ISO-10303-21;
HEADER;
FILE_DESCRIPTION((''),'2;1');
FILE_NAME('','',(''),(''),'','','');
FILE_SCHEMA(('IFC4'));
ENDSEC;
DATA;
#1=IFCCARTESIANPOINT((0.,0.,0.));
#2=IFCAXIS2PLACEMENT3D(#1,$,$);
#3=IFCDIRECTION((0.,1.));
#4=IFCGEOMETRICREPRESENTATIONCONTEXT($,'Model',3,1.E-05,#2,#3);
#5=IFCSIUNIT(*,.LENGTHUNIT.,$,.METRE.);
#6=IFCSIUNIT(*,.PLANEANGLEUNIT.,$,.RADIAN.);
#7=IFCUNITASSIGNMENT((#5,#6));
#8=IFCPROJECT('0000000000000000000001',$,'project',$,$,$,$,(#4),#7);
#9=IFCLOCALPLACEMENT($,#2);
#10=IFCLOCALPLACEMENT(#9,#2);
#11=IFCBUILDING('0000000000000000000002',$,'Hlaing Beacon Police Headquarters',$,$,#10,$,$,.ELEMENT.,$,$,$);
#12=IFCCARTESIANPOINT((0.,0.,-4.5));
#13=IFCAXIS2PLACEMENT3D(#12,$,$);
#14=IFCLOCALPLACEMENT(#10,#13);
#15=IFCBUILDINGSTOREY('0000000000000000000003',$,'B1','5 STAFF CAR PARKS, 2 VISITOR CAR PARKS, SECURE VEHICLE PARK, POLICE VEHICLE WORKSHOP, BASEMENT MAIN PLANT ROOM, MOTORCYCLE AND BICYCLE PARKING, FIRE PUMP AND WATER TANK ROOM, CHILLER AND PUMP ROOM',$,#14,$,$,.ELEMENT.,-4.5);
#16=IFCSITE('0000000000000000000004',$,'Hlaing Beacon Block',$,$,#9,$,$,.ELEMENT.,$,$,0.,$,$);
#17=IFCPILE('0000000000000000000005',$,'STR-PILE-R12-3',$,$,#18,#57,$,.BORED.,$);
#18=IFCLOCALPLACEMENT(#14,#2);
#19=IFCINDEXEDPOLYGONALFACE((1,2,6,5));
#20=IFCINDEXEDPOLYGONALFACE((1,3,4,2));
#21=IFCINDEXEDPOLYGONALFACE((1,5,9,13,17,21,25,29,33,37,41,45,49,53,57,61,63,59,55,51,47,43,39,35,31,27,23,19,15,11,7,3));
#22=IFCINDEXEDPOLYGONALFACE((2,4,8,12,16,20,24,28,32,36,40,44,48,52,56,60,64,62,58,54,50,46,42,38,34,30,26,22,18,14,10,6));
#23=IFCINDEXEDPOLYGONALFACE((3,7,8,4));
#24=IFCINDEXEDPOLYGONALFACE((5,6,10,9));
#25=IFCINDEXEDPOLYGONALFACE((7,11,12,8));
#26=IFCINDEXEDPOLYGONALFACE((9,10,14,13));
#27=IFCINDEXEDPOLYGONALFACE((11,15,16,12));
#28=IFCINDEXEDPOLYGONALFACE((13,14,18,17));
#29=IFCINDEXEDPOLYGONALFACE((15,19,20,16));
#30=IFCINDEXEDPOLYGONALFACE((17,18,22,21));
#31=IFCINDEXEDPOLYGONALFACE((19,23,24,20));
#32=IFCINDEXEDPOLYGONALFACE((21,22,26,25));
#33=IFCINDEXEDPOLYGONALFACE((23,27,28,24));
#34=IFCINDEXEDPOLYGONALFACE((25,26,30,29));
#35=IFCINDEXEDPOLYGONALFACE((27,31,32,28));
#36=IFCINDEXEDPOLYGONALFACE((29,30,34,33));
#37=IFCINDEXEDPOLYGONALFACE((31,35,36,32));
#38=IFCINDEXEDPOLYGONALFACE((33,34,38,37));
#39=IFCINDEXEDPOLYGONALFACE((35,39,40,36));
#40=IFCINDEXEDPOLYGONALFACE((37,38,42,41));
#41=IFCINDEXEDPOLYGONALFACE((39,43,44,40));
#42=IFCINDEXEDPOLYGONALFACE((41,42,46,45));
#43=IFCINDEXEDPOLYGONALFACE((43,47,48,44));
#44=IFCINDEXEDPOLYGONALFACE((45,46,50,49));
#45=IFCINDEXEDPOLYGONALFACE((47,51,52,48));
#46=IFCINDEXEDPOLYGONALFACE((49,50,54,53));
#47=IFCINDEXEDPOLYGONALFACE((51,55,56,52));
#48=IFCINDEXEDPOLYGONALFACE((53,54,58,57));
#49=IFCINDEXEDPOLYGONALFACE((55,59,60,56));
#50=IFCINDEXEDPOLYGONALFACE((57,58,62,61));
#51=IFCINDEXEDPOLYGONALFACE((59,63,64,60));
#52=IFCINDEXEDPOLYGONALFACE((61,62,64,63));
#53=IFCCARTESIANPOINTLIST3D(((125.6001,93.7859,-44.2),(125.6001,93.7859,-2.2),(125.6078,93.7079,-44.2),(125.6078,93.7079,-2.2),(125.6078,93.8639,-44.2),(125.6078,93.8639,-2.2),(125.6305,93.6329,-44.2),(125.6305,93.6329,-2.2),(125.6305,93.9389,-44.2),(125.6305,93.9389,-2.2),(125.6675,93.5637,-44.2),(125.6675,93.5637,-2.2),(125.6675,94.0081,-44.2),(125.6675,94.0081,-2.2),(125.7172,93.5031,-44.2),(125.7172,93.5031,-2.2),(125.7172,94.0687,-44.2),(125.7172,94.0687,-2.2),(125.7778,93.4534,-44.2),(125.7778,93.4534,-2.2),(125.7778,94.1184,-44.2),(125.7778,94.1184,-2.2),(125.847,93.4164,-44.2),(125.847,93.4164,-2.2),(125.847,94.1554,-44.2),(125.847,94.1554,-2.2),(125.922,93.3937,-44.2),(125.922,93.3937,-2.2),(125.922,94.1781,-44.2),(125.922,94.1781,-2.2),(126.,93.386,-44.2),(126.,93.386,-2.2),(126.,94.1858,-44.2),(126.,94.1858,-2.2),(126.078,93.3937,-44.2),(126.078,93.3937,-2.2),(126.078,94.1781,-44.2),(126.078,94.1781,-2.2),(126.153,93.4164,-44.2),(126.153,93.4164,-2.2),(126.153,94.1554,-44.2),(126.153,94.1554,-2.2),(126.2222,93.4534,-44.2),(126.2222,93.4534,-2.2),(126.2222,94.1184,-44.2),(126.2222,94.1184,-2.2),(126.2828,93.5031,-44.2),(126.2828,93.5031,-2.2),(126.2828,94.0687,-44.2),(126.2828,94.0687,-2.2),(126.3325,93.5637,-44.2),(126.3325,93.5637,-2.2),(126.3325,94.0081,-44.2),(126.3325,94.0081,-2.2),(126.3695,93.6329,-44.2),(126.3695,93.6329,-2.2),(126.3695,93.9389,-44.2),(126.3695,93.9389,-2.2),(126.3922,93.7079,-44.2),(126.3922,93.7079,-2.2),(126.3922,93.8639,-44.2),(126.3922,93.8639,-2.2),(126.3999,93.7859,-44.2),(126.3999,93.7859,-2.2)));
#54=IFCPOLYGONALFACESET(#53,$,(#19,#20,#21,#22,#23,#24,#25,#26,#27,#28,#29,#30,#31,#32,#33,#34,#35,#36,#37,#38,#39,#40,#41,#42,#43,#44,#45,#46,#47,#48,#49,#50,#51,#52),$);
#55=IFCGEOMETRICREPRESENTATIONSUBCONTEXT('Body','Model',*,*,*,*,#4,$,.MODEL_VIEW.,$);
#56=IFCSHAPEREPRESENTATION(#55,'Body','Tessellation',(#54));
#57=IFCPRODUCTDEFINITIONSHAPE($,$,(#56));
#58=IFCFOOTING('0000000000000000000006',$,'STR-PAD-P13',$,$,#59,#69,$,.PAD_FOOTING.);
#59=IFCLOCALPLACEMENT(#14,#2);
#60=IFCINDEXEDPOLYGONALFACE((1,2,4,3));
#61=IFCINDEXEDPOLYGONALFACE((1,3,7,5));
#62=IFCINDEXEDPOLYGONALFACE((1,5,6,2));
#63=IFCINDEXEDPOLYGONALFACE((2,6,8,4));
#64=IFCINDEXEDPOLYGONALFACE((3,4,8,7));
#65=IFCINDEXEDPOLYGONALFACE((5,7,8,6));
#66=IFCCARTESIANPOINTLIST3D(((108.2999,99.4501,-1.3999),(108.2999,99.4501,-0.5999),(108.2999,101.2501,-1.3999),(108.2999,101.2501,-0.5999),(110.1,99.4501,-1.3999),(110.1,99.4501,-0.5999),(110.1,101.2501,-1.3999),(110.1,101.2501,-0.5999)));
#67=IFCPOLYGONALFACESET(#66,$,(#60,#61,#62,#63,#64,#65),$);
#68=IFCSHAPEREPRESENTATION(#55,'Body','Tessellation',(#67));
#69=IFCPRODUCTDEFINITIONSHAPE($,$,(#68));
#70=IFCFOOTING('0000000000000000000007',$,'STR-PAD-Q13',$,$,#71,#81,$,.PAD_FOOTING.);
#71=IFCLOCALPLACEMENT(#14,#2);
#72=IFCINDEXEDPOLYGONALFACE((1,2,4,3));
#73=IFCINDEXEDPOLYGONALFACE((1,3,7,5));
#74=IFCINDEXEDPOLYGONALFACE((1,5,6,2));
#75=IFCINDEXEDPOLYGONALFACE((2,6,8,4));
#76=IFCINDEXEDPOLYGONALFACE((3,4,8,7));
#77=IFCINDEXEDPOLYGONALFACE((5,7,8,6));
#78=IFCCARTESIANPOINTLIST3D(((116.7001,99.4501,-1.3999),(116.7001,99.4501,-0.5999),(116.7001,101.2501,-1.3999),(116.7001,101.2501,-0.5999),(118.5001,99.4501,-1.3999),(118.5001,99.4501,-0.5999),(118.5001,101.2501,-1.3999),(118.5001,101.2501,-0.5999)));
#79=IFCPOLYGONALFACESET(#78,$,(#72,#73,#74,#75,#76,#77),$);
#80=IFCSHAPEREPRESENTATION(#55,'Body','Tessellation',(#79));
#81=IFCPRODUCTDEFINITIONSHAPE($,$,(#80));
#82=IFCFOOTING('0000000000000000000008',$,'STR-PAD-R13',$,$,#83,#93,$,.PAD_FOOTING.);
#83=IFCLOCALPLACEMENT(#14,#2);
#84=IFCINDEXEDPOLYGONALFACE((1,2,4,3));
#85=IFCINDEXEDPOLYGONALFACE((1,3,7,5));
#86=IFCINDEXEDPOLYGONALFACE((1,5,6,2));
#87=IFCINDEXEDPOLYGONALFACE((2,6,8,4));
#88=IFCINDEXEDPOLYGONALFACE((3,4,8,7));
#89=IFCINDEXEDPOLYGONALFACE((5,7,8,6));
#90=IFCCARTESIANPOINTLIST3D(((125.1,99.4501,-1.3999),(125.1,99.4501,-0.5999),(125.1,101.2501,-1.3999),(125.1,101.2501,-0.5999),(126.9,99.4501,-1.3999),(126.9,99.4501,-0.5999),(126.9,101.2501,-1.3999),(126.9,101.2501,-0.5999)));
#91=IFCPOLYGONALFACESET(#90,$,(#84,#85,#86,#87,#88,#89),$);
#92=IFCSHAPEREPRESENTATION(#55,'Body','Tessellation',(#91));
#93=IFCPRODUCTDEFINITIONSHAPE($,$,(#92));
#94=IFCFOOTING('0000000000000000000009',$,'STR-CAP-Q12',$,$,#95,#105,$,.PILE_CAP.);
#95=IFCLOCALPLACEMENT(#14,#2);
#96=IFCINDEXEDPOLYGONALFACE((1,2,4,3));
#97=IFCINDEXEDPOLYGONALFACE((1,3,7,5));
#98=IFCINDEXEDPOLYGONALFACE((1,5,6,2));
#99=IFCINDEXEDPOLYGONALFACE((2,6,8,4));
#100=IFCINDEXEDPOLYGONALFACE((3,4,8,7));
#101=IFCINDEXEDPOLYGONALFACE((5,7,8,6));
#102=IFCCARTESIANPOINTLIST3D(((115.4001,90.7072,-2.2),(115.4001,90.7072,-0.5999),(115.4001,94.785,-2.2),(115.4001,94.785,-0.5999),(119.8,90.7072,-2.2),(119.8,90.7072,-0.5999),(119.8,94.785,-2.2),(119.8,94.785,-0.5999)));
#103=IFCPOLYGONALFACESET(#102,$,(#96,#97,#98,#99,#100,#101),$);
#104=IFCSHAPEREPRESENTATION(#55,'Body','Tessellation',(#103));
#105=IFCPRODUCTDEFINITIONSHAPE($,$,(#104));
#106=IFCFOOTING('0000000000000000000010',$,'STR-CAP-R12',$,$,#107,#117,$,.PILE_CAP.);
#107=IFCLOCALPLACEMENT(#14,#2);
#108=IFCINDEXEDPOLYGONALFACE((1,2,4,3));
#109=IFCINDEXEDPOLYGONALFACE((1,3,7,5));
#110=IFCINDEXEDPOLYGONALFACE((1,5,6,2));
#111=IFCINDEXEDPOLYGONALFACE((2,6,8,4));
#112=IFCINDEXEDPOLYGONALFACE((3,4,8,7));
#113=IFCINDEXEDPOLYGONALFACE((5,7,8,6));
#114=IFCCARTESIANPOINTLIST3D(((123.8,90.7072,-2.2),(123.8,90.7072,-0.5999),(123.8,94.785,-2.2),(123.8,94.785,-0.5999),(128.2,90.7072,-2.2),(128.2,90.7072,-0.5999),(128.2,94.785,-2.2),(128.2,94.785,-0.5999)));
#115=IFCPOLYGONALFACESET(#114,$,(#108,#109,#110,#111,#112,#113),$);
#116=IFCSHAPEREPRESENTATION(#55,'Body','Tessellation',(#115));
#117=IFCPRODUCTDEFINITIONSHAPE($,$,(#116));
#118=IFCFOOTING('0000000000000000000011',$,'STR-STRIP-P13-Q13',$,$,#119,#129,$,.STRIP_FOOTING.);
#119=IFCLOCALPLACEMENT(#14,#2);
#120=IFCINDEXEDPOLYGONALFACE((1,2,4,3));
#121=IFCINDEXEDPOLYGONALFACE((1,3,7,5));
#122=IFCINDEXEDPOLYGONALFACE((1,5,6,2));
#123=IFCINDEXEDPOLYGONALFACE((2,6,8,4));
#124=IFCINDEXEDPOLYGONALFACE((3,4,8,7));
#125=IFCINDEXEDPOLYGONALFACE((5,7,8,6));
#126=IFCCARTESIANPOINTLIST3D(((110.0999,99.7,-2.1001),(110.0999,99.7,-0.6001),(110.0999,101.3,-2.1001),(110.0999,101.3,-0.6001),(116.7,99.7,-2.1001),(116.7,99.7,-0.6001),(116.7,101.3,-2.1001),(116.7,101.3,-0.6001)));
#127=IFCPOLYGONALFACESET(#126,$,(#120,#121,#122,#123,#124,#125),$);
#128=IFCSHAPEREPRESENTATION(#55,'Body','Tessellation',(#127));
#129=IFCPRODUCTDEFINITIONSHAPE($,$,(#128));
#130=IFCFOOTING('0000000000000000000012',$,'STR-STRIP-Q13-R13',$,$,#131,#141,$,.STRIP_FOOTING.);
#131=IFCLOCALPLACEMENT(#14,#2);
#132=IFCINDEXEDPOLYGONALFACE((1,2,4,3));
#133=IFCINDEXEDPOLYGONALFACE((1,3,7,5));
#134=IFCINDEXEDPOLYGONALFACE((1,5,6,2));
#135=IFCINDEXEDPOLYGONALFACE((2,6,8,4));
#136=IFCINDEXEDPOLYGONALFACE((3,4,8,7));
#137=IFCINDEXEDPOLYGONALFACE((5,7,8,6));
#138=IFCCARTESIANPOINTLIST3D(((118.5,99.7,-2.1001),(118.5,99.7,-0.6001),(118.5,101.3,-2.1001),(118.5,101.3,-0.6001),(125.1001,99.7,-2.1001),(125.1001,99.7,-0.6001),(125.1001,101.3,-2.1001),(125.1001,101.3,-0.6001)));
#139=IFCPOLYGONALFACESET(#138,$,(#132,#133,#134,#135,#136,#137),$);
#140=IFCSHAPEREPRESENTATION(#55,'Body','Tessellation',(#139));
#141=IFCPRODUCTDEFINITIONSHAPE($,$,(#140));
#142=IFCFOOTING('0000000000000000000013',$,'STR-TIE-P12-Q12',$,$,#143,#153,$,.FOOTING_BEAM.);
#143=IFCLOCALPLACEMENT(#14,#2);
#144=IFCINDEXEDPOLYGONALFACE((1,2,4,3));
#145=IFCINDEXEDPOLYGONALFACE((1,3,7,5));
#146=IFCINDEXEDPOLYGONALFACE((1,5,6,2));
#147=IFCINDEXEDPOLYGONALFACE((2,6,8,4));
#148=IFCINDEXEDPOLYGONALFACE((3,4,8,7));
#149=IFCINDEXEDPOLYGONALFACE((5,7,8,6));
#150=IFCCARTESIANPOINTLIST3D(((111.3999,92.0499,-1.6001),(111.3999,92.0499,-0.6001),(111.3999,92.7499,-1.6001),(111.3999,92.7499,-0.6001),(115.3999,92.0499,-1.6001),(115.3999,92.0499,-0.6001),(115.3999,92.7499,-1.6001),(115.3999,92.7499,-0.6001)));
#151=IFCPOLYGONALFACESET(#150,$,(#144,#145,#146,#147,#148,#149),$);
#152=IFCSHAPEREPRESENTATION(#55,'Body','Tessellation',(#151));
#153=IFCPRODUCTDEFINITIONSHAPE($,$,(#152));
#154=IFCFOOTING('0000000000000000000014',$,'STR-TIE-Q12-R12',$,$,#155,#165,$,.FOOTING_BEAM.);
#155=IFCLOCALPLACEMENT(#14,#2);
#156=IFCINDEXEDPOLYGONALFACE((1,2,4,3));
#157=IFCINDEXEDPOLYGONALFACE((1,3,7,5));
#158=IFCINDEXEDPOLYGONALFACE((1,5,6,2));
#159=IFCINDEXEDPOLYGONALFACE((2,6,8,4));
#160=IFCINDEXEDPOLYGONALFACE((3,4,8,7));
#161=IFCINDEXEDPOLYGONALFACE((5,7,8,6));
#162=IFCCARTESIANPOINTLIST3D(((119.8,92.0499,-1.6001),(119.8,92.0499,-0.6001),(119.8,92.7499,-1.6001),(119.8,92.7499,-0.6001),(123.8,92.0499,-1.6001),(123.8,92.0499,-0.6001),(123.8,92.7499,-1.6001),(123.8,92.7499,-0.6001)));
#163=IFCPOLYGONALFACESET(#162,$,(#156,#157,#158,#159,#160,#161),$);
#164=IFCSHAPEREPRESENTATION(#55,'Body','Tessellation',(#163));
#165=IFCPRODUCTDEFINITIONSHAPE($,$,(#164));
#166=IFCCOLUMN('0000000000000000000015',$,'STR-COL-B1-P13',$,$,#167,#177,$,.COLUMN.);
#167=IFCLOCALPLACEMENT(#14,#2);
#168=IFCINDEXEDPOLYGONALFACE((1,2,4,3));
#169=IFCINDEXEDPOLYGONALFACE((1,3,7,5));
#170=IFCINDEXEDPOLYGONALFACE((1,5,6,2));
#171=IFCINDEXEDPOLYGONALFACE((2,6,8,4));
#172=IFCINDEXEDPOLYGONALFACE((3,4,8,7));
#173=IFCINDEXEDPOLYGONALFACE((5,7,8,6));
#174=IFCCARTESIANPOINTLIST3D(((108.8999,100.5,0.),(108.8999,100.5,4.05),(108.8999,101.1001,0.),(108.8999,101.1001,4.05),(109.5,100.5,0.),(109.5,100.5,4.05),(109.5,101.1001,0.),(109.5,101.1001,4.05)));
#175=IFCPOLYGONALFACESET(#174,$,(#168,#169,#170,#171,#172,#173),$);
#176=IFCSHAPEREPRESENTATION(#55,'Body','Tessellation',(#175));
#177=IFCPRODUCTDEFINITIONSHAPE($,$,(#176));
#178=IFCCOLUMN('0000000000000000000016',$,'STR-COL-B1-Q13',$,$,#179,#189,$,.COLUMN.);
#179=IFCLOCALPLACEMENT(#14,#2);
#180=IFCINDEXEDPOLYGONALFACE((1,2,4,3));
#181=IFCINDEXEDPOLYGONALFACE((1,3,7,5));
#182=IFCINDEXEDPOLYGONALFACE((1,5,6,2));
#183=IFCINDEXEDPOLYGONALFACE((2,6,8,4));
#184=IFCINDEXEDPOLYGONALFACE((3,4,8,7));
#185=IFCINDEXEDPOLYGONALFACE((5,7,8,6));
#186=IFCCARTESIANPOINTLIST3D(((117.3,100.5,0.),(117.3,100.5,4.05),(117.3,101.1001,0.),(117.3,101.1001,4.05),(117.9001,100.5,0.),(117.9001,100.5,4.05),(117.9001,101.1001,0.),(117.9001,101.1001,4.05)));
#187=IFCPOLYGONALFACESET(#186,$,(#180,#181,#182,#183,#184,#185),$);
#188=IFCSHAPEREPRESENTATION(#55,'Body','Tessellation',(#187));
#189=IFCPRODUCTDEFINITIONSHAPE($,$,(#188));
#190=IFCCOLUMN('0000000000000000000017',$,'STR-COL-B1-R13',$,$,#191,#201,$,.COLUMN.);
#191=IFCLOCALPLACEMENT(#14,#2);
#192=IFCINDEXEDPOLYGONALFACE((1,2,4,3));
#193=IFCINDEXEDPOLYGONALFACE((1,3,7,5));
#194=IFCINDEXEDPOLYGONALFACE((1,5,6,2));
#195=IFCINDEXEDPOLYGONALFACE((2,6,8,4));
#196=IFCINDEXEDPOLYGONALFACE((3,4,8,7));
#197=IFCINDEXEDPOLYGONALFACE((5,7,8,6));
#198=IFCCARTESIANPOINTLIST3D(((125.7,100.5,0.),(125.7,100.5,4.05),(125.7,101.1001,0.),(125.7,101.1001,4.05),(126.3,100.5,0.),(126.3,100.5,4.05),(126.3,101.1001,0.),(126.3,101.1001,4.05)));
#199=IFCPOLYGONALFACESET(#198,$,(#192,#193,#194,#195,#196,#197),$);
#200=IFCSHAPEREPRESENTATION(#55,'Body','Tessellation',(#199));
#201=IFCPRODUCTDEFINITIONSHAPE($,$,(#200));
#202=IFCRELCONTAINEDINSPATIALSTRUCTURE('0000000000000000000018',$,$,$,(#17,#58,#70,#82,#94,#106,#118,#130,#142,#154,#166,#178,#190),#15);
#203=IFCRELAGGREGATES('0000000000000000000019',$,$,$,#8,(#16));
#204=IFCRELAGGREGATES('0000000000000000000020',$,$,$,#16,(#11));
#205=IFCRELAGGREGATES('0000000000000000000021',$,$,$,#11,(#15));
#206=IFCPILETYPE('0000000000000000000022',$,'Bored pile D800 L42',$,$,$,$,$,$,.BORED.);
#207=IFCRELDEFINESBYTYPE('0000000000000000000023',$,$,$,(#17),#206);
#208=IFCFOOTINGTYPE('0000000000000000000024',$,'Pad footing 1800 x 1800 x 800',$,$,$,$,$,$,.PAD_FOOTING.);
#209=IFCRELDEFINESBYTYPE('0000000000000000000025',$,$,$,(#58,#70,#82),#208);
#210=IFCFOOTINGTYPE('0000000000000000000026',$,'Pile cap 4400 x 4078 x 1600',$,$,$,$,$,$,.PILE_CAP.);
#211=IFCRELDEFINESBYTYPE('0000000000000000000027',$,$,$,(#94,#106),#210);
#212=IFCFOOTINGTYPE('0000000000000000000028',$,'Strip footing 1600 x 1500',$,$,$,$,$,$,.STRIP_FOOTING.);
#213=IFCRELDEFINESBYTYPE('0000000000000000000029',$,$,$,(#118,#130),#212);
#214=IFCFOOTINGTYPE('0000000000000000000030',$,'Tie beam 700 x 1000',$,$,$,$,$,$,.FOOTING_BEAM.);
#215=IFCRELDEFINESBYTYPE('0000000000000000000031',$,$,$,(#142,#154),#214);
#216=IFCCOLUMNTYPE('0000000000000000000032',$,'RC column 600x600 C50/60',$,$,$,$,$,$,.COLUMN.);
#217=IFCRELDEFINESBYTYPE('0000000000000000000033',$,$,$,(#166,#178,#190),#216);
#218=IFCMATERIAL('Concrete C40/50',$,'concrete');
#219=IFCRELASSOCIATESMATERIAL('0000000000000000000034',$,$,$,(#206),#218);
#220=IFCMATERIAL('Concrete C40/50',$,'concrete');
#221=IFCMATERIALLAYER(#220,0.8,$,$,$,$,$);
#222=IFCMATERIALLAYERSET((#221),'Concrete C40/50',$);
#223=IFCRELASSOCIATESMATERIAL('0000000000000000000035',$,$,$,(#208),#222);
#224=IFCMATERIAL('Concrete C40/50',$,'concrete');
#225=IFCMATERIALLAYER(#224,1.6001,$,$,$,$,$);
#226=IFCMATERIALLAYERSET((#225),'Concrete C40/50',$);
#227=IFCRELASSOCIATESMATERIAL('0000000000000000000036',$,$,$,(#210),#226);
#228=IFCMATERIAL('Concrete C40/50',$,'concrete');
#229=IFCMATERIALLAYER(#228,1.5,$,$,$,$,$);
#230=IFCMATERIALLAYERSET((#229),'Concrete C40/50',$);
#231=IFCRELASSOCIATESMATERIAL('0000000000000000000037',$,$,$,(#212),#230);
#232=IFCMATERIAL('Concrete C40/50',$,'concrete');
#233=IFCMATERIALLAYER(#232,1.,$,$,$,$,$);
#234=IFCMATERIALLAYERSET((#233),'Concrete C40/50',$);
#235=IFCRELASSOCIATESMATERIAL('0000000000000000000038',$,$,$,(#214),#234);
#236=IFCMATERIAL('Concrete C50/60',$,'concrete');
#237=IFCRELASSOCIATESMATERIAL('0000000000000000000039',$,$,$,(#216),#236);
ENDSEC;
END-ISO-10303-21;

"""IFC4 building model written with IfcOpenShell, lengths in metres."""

from ifc_helpers import new_model, si_unit, direction, frame, origin, origin_2d, place, context, subcontext, project, spatial, rectangle, circle, extrude, material, layer, layer_set, material_profile, profile_set, type_object, element, save


model = new_model("IFC4")

# Units and contexts
model_context = context("Model", 3, precision=1e-05, world=origin(), true_north=direction((0.0, 1.0)))
body_context = subcontext(model_context, "Body", "Model", "MODEL_VIEW")
ifc_project = project(units=[si_unit("LENGTHUNIT", "METRE"), si_unit("PLANEANGLEUNIT", "RADIAN")], contexts=[model_context])

# Site, building, storey
site_placement = place(None, origin())
site = spatial("IfcSite", under=ifc_project, at=site_placement, Name="Hlaing Beacon Block", CompositionType="ELEMENT", RefElevation=0.0)
building_placement = place(site_placement, origin())
building = spatial("IfcBuilding", under=site, at=building_placement, Name="Hlaing Beacon Police Headquarters", CompositionType="ELEMENT")
storey_placement = place(building_placement, frame((0.0, 0.0, -4.5)))
storey = spatial("IfcBuildingStorey", under=building, at=storey_placement, Name="B1", Description="5 STAFF CAR PARKS, 2 VISITOR CAR PARKS, SECURE VEHICLE PARK, POLICE VEHICLE WORKSHOP, BASEMENT MAIN PLANT ROOM, MOTORCYCLE AND BICYCLE PARKING, FIRE PUMP AND WATER TANK ROOM, CHILLER AND PUMP ROOM", CompositionType="ELEMENT", Elevation=-4.5)

# Pile
ifc_material_1 = material(Name="Concrete C40/50", Category="concrete")
ifc_material_profile_1 = material_profile(ifc_material_1, circle(Radius=0.3999, at=origin_2d()), Name="D800")
ifc_profile_set_1 = profile_set([ifc_material_profile_1], Name="Concrete C40/50")
pile_type_1 = type_object("IfcPileType", Name="Bored pile D800 L42", PredefinedType="BORED", material=ifc_profile_set_1)
for number, where, z_axis, x_axis, name in (
    (1, (126.0, 93.7859, -2.2), (0.0, 0.0, -1.0), (1.0, 0.0, 0.0), "STR-PILE-R12-3"),
):
    element("IfcPile", number, at=place(storey_placement, frame(where, z_axis=z_axis, x_axis=x_axis)), inside=storey, type_object=pile_type_1, Name=name, PredefinedType="BORED", context=body_context, shape_type="SweptSolid", body=[
        extrude(circle(Radius=0.3999, at=origin_2d()), origin(), (0.0, 0.0, 1.0), 42.0),
    ])

# Footings
ifc_material_2 = material(Name="Concrete C40/50", Category="concrete")
ifc_layer_1 = layer(ifc_material_2, 0.8)
ifc_layer_set_1 = layer_set([ifc_layer_1], Name="Concrete C40/50")
footing_type_1 = type_object("IfcFootingType", Name="Pad footing 1800 x 1800 x 800", PredefinedType="PAD_FOOTING", material=ifc_layer_set_1)
for number, where, z_axis, x_axis, name in (
    (2, (109.2, 100.3501, -1.3999), (0.0, 0.0, 1.0), (1.0, 0.0, 0.0), "STR-PAD-P13"),
    (3, (117.6001, 100.3501, -1.3999), (0.0, 0.0, 1.0), (1.0, 0.0, 0.0), "STR-PAD-Q13"),
    (4, (126.0, 100.3501, -1.3999), (0.0, 0.0, 1.0), (1.0, 0.0, 0.0), "STR-PAD-R13"),
):
    element("IfcFooting", number, at=place(storey_placement, frame(where, z_axis=z_axis, x_axis=x_axis)), inside=storey, type_object=footing_type_1, Name=name, PredefinedType="PAD_FOOTING", context=body_context, shape_type="SweptSolid", body=[
        extrude(rectangle(XDim=1.8, YDim=1.8, at=origin_2d()), origin(), (0.0, 0.0, 1.0), 0.8),
    ])
ifc_material_3 = material(Name="Concrete C40/50", Category="concrete")
ifc_layer_2 = layer(ifc_material_3, 1.6001)
ifc_layer_set_2 = layer_set([ifc_layer_2], Name="Concrete C40/50")
footing_type_2 = type_object("IfcFootingType", Name="Pile cap 4400 x 4078 x 1600", PredefinedType="PILE_CAP", material=ifc_layer_set_2)
for number, where, z_axis, x_axis, name in (
    (5, (117.6001, 92.7461, -2.2), (0.0, 0.0, 1.0), (1.0, 0.0, 0.0), "STR-CAP-Q12"),
    (6, (126.0, 92.7461, -2.2), (0.0, 0.0, 1.0), (1.0, 0.0, 0.0), "STR-CAP-R12"),
):
    element("IfcFooting", number, at=place(storey_placement, frame(where, z_axis=z_axis, x_axis=x_axis)), inside=storey, type_object=footing_type_2, Name=name, PredefinedType="PILE_CAP", context=body_context, shape_type="SweptSolid", body=[
        extrude(rectangle(XDim=4.3999, YDim=4.0779, at=origin_2d()), origin(), (0.0, 0.0, 1.0), 1.6001),
    ])
ifc_material_4 = material(Name="Concrete C40/50", Category="concrete")
ifc_layer_3 = layer(ifc_material_4, 1.5)
ifc_layer_set_3 = layer_set([ifc_layer_3], Name="Concrete C40/50")
footing_type_3 = type_object("IfcFootingType", Name="Strip footing 1600 x 1500", PredefinedType="STRIP_FOOTING", material=ifc_layer_set_3)
for number, where, z_axis, x_axis, name in (
    (7, (113.3999, 100.5, -2.1001), (0.0, 0.0, 1.0), (1.0, 0.0, 0.0), "STR-STRIP-P13-Q13"),
    (8, (121.8, 100.5, -2.1001), (0.0, 0.0, 1.0), (1.0, 0.0, 0.0), "STR-STRIP-Q13-R13"),
):
    element("IfcFooting", number, at=place(storey_placement, frame(where, z_axis=z_axis, x_axis=x_axis)), inside=storey, type_object=footing_type_3, Name=name, PredefinedType="STRIP_FOOTING", context=body_context, shape_type="SweptSolid", body=[
        extrude(rectangle(XDim=6.6001, YDim=1.6001, at=origin_2d()), origin(), (0.0, 0.0, 1.0), 1.5),
    ])
ifc_material_5 = material(Name="Concrete C40/50", Category="concrete")
ifc_layer_4 = layer(ifc_material_5, 1.0)
ifc_layer_set_4 = layer_set([ifc_layer_4], Name="Concrete C40/50")
footing_type_4 = type_object("IfcFootingType", Name="Tie beam 700 x 1000", PredefinedType="FOOTING_BEAM", material=ifc_layer_set_4)
for number, where, z_axis, x_axis, name in (
    (9, (113.3999, 92.3999, -1.6001), (0.0, 0.0, 1.0), (1.0, 0.0, 0.0), "STR-TIE-P12-Q12"),
    (10, (121.8, 92.3999, -1.6001), (0.0, 0.0, 1.0), (1.0, 0.0, 0.0), "STR-TIE-Q12-R12"),
):
    element("IfcFooting", number, at=place(storey_placement, frame(where, z_axis=z_axis, x_axis=x_axis)), inside=storey, type_object=footing_type_4, Name=name, PredefinedType="FOOTING_BEAM", context=body_context, shape_type="SweptSolid", body=[
        extrude(rectangle(XDim=4.0, YDim=0.7, at=origin_2d()), origin(), (0.0, 0.0, 1.0), 1.0),
    ])

# Columns
ifc_material_6 = material(Name="Concrete C50/60", Category="concrete")
ifc_material_profile_2 = material_profile(ifc_material_6, rectangle(XDim=0.6001, YDim=0.6001, at=origin_2d()), Name="600x600")
ifc_profile_set_2 = profile_set([ifc_material_profile_2], Name="Concrete C50/60")
column_type_1 = type_object("IfcColumnType", Name="RC column 600x600 C50/60", PredefinedType="COLUMN", material=ifc_profile_set_2)
for number, where, z_axis, x_axis, name in (
    (11, (109.2, 100.8, 0.0), (0.0, 0.0, 1.0), (1.0, 0.0, 0.0), "STR-COL-B1-P13"),
    (12, (117.6001, 100.8, 0.0), (0.0, 0.0, 1.0), (1.0, 0.0, 0.0), "STR-COL-B1-Q13"),
    (13, (126.0, 100.8, 0.0), (0.0, 0.0, 1.0), (1.0, 0.0, 0.0), "STR-COL-B1-R13"),
):
    element("IfcColumn", number, at=place(storey_placement, frame(where, z_axis=z_axis, x_axis=x_axis)), inside=storey, type_object=column_type_1, Name=name, PredefinedType="COLUMN", context=body_context, shape_type="SweptSolid", body=[
        extrude(rectangle(XDim=0.6001, YDim=0.6001, at=origin_2d()), origin(), (0.0, 0.0, 1.0), 4.05),
    ])

save(model, "model.ifc")
